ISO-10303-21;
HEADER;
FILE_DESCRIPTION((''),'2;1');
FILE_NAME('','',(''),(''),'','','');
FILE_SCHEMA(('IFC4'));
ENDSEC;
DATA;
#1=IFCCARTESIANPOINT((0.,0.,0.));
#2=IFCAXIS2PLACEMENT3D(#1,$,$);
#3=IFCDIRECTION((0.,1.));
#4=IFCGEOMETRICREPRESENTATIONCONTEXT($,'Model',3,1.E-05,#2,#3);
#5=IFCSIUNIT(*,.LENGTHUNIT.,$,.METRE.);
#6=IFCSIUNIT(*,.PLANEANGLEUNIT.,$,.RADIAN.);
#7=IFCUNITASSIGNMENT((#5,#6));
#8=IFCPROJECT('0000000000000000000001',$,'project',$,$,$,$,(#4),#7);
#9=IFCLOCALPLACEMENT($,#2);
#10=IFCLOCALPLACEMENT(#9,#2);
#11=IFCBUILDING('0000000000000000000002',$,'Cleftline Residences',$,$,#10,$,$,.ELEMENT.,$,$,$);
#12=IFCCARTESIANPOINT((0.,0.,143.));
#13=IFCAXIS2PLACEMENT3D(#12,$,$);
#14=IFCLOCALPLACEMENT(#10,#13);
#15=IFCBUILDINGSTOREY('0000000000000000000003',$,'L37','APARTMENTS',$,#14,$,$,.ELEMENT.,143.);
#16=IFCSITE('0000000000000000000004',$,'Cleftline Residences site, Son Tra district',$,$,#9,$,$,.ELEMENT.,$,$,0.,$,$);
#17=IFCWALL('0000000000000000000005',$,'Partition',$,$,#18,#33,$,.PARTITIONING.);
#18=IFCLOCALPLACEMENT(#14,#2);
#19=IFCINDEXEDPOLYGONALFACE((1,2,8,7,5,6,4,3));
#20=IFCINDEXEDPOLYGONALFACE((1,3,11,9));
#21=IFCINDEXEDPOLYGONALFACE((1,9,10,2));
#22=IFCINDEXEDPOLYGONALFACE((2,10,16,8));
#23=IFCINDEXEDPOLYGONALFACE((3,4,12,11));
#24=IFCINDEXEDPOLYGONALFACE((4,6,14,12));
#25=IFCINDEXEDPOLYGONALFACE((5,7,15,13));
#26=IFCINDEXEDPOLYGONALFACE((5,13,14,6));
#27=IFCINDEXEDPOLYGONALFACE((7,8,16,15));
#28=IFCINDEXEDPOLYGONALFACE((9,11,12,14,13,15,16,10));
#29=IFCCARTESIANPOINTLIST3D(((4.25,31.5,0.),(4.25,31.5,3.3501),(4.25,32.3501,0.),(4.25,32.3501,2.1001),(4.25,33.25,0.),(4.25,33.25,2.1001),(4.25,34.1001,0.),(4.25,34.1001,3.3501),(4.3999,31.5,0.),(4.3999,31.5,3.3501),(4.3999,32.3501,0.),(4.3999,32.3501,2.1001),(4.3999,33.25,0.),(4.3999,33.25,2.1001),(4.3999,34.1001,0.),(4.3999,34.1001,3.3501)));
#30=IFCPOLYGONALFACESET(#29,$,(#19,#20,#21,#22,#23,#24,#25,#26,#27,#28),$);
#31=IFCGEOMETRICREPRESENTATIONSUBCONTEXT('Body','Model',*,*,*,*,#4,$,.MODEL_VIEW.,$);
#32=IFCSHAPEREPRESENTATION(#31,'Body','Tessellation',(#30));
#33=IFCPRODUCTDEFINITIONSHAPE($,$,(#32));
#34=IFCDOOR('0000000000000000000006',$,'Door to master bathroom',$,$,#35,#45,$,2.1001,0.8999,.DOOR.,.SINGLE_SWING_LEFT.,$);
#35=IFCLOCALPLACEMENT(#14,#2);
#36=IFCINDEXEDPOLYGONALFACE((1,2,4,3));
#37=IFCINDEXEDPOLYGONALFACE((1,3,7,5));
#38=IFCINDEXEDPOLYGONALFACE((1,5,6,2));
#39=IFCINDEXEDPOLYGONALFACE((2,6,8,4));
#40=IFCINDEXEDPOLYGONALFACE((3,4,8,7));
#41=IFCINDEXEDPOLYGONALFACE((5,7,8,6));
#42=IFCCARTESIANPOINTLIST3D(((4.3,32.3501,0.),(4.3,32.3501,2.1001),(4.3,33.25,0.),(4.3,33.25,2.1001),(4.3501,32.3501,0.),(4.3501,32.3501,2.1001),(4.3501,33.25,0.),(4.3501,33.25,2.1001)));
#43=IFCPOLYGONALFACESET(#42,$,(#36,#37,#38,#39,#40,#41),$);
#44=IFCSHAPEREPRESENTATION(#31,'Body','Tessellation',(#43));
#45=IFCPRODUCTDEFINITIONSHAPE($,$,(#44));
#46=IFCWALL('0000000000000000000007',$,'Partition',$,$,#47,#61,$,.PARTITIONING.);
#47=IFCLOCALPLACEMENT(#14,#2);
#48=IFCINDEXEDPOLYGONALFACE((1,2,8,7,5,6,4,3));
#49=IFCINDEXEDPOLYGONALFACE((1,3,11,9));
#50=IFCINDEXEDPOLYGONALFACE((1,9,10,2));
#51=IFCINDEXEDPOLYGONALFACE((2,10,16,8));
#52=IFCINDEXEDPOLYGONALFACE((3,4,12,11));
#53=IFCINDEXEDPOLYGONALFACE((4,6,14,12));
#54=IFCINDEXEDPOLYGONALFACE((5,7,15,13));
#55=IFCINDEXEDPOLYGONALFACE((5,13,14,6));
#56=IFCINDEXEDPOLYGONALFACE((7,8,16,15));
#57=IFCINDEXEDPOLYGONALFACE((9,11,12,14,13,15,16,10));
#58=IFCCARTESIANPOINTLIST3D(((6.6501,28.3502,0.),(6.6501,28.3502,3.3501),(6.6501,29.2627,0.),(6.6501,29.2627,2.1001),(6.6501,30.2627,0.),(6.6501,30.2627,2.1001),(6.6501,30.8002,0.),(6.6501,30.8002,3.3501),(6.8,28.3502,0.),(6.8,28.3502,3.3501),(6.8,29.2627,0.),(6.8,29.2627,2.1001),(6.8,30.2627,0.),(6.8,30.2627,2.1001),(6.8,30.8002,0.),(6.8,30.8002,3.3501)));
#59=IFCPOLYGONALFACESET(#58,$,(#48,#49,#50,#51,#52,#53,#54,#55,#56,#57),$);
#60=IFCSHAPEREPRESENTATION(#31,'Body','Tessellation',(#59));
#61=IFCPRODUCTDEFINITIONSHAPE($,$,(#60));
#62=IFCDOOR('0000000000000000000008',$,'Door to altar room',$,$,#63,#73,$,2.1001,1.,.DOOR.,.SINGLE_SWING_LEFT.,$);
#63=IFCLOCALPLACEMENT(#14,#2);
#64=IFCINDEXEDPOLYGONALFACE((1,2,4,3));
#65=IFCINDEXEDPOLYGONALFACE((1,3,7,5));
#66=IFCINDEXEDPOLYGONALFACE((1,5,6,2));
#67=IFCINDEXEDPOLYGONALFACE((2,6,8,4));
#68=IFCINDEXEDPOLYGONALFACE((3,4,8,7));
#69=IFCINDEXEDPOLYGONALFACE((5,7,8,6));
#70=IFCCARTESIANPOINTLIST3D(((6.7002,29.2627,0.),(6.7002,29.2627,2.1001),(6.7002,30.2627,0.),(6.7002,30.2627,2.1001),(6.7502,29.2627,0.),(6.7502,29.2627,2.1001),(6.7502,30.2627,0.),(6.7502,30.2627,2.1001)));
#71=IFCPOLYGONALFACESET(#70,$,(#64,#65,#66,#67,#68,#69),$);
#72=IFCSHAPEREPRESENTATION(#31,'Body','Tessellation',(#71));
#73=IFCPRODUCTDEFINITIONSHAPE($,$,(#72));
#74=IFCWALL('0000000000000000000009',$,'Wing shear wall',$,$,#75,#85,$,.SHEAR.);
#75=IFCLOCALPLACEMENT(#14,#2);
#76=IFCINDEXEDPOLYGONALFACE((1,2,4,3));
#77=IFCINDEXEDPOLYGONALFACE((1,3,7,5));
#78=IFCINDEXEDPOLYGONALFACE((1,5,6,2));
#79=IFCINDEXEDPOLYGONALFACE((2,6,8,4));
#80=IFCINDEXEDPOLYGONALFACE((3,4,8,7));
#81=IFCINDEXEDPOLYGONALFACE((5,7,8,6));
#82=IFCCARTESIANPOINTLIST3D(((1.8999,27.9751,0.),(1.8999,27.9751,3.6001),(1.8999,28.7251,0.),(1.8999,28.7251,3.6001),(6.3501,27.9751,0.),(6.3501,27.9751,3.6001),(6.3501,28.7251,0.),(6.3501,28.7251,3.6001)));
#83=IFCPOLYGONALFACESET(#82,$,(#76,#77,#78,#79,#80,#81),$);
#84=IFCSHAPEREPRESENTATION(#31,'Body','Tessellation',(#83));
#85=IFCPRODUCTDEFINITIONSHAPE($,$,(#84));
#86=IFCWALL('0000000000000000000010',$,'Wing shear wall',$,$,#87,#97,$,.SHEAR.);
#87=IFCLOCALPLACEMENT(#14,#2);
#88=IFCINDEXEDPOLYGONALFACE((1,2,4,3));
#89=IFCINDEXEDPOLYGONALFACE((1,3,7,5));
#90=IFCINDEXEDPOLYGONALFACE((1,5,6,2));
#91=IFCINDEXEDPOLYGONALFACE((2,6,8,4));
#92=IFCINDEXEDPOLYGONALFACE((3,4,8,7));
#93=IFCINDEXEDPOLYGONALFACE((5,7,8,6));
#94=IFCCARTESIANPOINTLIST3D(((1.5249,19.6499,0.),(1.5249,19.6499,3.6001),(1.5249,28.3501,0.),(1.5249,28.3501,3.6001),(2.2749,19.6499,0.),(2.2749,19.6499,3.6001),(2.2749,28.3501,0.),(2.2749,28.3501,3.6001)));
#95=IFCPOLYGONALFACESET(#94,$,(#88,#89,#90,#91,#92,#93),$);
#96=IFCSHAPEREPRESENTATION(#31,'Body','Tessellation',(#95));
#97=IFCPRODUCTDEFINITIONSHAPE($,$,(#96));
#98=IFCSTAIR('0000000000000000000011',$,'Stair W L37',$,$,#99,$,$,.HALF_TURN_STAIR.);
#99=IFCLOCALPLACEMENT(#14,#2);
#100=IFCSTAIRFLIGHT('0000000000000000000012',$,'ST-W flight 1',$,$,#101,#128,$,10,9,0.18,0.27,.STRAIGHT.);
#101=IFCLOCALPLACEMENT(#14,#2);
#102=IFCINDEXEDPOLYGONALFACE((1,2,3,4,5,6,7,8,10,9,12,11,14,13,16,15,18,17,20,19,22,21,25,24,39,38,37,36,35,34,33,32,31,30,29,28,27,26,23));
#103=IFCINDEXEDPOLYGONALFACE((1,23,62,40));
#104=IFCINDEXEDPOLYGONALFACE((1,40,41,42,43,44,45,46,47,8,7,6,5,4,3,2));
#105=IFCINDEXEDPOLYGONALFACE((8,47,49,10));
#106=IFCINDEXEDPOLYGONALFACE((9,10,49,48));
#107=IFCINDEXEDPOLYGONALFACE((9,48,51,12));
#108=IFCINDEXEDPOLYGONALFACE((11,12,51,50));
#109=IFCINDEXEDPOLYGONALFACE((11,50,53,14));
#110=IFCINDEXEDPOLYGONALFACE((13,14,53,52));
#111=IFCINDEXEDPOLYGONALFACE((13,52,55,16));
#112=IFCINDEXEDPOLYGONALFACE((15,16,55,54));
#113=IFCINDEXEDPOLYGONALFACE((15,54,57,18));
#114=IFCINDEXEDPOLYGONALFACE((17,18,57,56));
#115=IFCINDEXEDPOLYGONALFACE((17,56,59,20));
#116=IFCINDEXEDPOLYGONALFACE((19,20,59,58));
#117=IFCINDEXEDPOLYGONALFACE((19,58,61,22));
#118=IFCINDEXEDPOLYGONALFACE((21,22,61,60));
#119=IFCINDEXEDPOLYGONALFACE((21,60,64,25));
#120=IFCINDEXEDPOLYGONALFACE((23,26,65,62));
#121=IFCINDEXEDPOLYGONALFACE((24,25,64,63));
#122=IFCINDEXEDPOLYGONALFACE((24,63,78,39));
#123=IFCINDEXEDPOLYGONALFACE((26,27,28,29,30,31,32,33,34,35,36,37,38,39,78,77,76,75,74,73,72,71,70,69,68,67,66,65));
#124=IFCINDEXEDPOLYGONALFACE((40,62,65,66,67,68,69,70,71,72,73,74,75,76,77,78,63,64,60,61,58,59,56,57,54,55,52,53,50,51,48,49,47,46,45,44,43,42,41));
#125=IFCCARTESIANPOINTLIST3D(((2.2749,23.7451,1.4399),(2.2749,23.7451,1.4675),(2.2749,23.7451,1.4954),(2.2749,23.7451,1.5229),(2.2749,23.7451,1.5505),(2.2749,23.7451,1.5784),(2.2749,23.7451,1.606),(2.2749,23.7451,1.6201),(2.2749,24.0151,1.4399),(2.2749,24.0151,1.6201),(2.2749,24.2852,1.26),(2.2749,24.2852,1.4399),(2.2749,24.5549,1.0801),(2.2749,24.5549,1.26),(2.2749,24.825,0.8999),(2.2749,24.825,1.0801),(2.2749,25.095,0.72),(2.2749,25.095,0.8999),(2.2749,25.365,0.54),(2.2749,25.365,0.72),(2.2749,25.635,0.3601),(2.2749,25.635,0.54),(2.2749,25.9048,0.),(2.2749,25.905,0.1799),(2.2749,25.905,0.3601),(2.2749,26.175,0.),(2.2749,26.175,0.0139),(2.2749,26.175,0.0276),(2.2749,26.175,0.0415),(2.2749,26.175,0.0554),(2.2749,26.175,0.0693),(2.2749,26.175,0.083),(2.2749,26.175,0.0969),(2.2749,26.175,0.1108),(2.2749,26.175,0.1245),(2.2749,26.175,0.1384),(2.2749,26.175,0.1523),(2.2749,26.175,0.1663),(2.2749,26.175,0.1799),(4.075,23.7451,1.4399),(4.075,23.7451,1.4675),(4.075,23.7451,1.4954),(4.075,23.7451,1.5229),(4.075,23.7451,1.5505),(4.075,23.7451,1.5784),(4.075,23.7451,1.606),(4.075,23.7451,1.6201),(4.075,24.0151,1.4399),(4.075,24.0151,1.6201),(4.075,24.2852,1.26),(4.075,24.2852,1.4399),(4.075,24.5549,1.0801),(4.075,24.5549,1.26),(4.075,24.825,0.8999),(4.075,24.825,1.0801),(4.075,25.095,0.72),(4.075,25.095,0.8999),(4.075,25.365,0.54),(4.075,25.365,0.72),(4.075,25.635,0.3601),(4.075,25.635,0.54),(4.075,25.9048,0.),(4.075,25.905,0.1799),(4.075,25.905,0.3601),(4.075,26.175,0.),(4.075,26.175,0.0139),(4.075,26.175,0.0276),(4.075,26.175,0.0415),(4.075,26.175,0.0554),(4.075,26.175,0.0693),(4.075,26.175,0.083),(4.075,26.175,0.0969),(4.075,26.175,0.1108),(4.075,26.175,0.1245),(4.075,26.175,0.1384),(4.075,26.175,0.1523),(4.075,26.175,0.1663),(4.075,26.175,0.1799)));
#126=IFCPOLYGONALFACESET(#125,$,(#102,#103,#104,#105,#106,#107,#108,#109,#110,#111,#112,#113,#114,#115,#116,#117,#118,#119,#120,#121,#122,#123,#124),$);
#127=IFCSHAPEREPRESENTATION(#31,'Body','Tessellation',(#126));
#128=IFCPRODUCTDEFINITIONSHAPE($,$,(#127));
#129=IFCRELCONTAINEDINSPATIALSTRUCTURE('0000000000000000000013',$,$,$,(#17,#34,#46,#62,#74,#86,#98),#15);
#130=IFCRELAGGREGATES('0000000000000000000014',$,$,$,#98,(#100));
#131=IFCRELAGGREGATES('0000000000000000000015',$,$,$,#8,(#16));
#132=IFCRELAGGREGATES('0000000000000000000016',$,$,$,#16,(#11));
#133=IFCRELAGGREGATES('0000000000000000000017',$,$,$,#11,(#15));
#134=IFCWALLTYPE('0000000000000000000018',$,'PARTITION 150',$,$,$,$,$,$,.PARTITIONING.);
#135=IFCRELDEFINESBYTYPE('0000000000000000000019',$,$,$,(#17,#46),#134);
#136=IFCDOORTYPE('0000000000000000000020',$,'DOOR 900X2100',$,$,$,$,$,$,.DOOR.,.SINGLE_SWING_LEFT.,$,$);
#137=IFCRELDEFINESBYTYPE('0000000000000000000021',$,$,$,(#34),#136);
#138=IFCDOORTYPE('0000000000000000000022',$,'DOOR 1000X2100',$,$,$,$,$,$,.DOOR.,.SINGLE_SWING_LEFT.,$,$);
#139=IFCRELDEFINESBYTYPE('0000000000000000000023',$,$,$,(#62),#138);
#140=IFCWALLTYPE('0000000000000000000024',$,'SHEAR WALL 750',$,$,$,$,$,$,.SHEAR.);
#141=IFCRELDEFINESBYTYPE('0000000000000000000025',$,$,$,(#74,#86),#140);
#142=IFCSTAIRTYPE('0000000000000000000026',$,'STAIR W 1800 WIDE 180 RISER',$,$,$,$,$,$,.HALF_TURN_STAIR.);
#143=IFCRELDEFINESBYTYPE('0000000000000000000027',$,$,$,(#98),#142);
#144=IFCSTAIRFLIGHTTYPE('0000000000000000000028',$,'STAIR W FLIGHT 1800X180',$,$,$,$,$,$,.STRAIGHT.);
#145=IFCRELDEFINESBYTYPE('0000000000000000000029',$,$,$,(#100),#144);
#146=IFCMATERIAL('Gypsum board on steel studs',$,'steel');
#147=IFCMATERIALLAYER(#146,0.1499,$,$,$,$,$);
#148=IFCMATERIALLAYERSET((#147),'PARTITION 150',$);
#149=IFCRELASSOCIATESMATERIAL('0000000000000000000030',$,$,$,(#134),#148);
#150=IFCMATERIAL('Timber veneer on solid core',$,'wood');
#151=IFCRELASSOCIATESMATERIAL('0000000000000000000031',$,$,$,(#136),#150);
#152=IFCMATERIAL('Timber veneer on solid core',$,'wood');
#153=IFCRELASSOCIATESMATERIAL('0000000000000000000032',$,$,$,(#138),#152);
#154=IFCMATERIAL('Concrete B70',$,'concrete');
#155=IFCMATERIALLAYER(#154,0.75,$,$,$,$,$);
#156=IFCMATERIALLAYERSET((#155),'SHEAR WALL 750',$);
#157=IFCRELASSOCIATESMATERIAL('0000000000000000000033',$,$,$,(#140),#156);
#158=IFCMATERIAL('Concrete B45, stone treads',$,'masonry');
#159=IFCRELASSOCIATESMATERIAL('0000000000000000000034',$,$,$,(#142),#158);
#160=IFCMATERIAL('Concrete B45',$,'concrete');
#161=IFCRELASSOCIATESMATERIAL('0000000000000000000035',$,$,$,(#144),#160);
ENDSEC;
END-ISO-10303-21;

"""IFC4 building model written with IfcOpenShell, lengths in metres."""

from ifc_helpers import new_model, si_unit, direction, frame, frame_2d, origin, place, context, subcontext, project, spatial, polyline, rectangle, outline, extrude, material, layer, layer_set, type_object, element, fill, aggregate, save


model = new_model("IFC4")

# Units and contexts
model_context = context("Model", 3, precision=1e-05, world=origin(), true_north=direction((0.0, 1.0)))
body_context = subcontext(model_context, "Body", "Model", "MODEL_VIEW")
ifc_project = project(units=[si_unit("LENGTHUNIT", "METRE"), si_unit("PLANEANGLEUNIT", "RADIAN")], contexts=[model_context])

# Site, building, storey
site_placement = place(None, origin())
site = spatial("IfcSite", under=ifc_project, at=site_placement, Name="Cleftline Residences site, Son Tra district", CompositionType="ELEMENT", RefElevation=0.0)
building_placement = place(site_placement, origin())
building = spatial("IfcBuilding", under=site, at=building_placement, Name="Cleftline Residences", CompositionType="ELEMENT")
storey_placement = place(building_placement, frame((0.0, 0.0, 143.0)))
storey = spatial("IfcBuildingStorey", under=building, at=storey_placement, Name="L37", Description="APARTMENTS", CompositionType="ELEMENT", Elevation=143.0)

# Shared definitions
ifc_material_1 = material(Name="Gypsum board on steel studs", Category="steel")
ifc_layer_1 = layer(ifc_material_1, 0.1499)
ifc_layer_set_1 = layer_set([ifc_layer_1], Name="PARTITION 150")
wall_type_1 = type_object("IfcWallType", Name="PARTITION 150", PredefinedType="PARTITIONING", material=ifc_layer_set_1)

# Walls, openings, doors
wall_1_placement = place(storey_placement, frame((4.325, 31.5, 0.0), z_axis=(0.0, 0.0, 1.0), x_axis=(0.0, 1.0, 0.0)))
wall_1 = element("IfcWall", 1, at=wall_1_placement, inside=storey, type_object=wall_type_1, Name="Partition", PredefinedType="PARTITIONING", context=body_context, shape_type="SweptSolid", body=[
    extrude(rectangle(XDim=2.6001, YDim=0.1499, at=frame_2d((1.3, 0.0))), origin(), (0.0, 0.0, 1.0), 3.3501),
])
opening_1_placement = place(wall_1_placement, frame((0.8501, 0.0, 0.0)))
opening_1 = element("IfcOpeningElement", 2, at=opening_1_placement, cuts=wall_1, PredefinedType="OPENING", context=body_context, shape_type="SweptSolid", body=[
    extrude(rectangle(XDim=0.8999, YDim=2.1001, at=frame_2d((0.45, 1.05))), frame((0.0, 0.085, 0.0), z_axis=(0.0, -1.0, 0.0), x_axis=(1.0, 0.0, 0.0)), (0.0, 0.0, 1.0), 0.1699),
])
ifc_material_2 = material(Name="Timber veneer on solid core", Category="wood")
door_type_1 = type_object("IfcDoorType", Name="DOOR 900X2100", OperationType="SINGLE_SWING_LEFT", PredefinedType="DOOR", material=ifc_material_2)
door_1_placement = place(opening_1_placement, origin())
door_1 = element("IfcDoor", 3, at=door_1_placement, inside=storey, type_object=door_type_1, Name="Door to master bathroom", OperationType="SINGLE_SWING_LEFT", OverallHeight=2.1001, OverallWidth=0.8999, PredefinedType="DOOR", context=body_context, shape_type="SweptSolid", body=[
    extrude(rectangle(XDim=0.8999, YDim=2.1001, at=frame_2d((0.45, 1.05))), frame((0.0, 0.0249, 0.0), z_axis=(0.0, -1.0, 0.0), x_axis=(1.0, 0.0, 0.0)), (0.0, 0.0, 1.0), 0.05),
])
fill(opening_1, door_1)
wall_2_placement = place(storey_placement, frame((6.7251, 28.3501, 0.0), z_axis=(0.0, 0.0, 1.0), x_axis=(0.0, 1.0, 0.0)))
wall_2 = element("IfcWall", 4, at=wall_2_placement, inside=storey, type_object=wall_type_1, Name="Partition", PredefinedType="PARTITIONING", context=body_context, shape_type="SweptSolid", body=[
    extrude(rectangle(XDim=2.45, YDim=0.1499, at=frame_2d((1.2251, 0.0))), origin(), (0.0, 0.0, 1.0), 3.3501),
])
opening_2_placement = place(wall_2_placement, frame((0.9126, 0.0, 0.0)))
opening_2 = element("IfcOpeningElement", 5, at=opening_2_placement, cuts=wall_2, PredefinedType="OPENING", context=body_context, shape_type="SweptSolid", body=[
    extrude(rectangle(XDim=1.0, YDim=2.1001, at=frame_2d((0.5, 1.05))), frame((0.0, 0.085, 0.0), z_axis=(0.0, -1.0, 0.0), x_axis=(1.0, 0.0, 0.0)), (0.0, 0.0, 1.0), 0.1699),
])
ifc_material_3 = material(Name="Timber veneer on solid core", Category="wood")
door_type_2 = type_object("IfcDoorType", Name="DOOR 1000X2100", OperationType="SINGLE_SWING_LEFT", PredefinedType="DOOR", material=ifc_material_3)
door_2_placement = place(opening_2_placement, origin())
door_2 = element("IfcDoor", 6, at=door_2_placement, inside=storey, type_object=door_type_2, Name="Door to altar room", OperationType="SINGLE_SWING_LEFT", OverallHeight=2.1001, OverallWidth=1.0, PredefinedType="DOOR", context=body_context, shape_type="SweptSolid", body=[
    extrude(rectangle(XDim=1.0, YDim=2.1001, at=frame_2d((0.5, 1.05))), frame((0.0, 0.0249, 0.0), z_axis=(0.0, -1.0, 0.0), x_axis=(1.0, 0.0, 0.0)), (0.0, 0.0, 1.0), 0.05),
])
fill(opening_2, door_2)

# Walls
ifc_material_4 = material(Name="Concrete B70", Category="concrete")
ifc_layer_2 = layer(ifc_material_4, 0.75)
ifc_layer_set_2 = layer_set([ifc_layer_2], Name="SHEAR WALL 750")
wall_type_2 = type_object("IfcWallType", Name="SHEAR WALL 750", PredefinedType="SHEAR", material=ifc_layer_set_2)
wall_3_placement = place(storey_placement, frame((6.3501, 28.3501, 0.0), z_axis=(0.0, 0.0, 1.0), x_axis=(-1.0, 0.0, 0.0)))
element("IfcWall", 7, at=wall_3_placement, inside=storey, type_object=wall_type_2, Name="Wing shear wall", PredefinedType="SHEAR", context=body_context, shape_type="SweptSolid", body=[
    extrude(rectangle(XDim=4.4502, YDim=0.75, at=frame_2d((2.2251, 0.0))), origin(), (0.0, 0.0, 1.0), 3.6001),
])
wall_4_placement = place(storey_placement, frame((1.8999, 28.3501, 0.0), z_axis=(0.0, 0.0, 1.0), x_axis=(0.0, -1.0, 0.0)))
element("IfcWall", 8, at=wall_4_placement, inside=storey, type_object=wall_type_2, Name="Wing shear wall", PredefinedType="SHEAR", context=body_context, shape_type="SweptSolid", body=[
    extrude(rectangle(XDim=8.7002, YDim=0.75, at=frame_2d((4.3501, 0.0))), origin(), (0.0, 0.0, 1.0), 3.6001),
])

# Stair, stair flight
ifc_material_5 = material(Name="Concrete B45, stone treads", Category="masonry")
stair_type = type_object("IfcStairType", Name="STAIR W 1800 WIDE 180 RISER", PredefinedType="HALF_TURN_STAIR", material=ifc_material_5)
stair_placement = place(storey_placement, origin())
stair = element("IfcStair", 9, at=stair_placement, inside=storey, type_object=stair_type, Name="Stair W L37", PredefinedType="HALF_TURN_STAIR")
ifc_material_6 = material(Name="Concrete B45", Category="concrete")
stair_flight_type = type_object("IfcStairFlightType", Name="STAIR W FLIGHT 1800X180", PredefinedType="STRAIGHT", material=ifc_material_6)
stair_flight_1_placement = place(storey_placement, frame((3.175, 26.175, 0.0), z_axis=(0.0, 0.0, 1.0), x_axis=(0.0, -1.0, 0.0)))
stair_flight_1 = element("IfcStairFlight", 10, at=stair_flight_1_placement, type_object=stair_flight_type, Name="ST-W flight 1", NumberOfRisers=10, NumberOfTreads=9, PredefinedType="STRAIGHT", RiserHeight=0.18, TreadLength=0.27, context=body_context, shape_type="SweptSolid", body=[
    extrude(outline(polyline([(0.0, 0.0), (0.0, 0.0139), (0.0, 0.0276), (0.0, 0.0415), (0.0, 0.0554), (0.0, 0.0693), (0.0, 0.083), (0.0, 0.0969), (0.0, 0.1108), (0.0, 0.1245), (0.0, 0.1384), (0.0, 0.1523), (0.0, 0.1663), (0.0, 0.1799), (0.27, 0.1799), (0.27, 0.3601), (0.54, 0.3601), (0.54, 0.54), (0.8101, 0.54), (0.8101, 0.72), (1.0801, 0.72), (1.0801, 0.8999), (1.3501, 0.8999), (1.3501, 1.0801), (1.6201, 1.0801), (1.6201, 1.26), (1.8899, 1.26), (1.8899, 1.4399), (2.1599, 1.4399), (2.1599, 1.6201), (2.4299, 1.6201), (2.4299, 1.8), (2.4299, 1.7722), (2.4299, 1.7446), (2.4299, 1.7168), (2.4299, 1.6892), (2.4299, 1.6614), (2.4299, 1.6338), (2.4299, 1.606), (2.4299, 1.5784), (2.4299, 1.5505), (2.4299, 1.5229), (2.4299, 1.4954), (2.4299, 1.4675), (2.4299, 1.4399), (0.2703, 0.0), (0.0, 0.0)])), frame((0.0, 0.8999, 0.0), z_axis=(0.0, -1.0, 0.0), x_axis=(1.0, 0.0, 0.0)), (0.0, 0.0, 1.0), 1.8),
])
aggregate(stair, [stair_flight_1])

save(model, "model.ifc")
